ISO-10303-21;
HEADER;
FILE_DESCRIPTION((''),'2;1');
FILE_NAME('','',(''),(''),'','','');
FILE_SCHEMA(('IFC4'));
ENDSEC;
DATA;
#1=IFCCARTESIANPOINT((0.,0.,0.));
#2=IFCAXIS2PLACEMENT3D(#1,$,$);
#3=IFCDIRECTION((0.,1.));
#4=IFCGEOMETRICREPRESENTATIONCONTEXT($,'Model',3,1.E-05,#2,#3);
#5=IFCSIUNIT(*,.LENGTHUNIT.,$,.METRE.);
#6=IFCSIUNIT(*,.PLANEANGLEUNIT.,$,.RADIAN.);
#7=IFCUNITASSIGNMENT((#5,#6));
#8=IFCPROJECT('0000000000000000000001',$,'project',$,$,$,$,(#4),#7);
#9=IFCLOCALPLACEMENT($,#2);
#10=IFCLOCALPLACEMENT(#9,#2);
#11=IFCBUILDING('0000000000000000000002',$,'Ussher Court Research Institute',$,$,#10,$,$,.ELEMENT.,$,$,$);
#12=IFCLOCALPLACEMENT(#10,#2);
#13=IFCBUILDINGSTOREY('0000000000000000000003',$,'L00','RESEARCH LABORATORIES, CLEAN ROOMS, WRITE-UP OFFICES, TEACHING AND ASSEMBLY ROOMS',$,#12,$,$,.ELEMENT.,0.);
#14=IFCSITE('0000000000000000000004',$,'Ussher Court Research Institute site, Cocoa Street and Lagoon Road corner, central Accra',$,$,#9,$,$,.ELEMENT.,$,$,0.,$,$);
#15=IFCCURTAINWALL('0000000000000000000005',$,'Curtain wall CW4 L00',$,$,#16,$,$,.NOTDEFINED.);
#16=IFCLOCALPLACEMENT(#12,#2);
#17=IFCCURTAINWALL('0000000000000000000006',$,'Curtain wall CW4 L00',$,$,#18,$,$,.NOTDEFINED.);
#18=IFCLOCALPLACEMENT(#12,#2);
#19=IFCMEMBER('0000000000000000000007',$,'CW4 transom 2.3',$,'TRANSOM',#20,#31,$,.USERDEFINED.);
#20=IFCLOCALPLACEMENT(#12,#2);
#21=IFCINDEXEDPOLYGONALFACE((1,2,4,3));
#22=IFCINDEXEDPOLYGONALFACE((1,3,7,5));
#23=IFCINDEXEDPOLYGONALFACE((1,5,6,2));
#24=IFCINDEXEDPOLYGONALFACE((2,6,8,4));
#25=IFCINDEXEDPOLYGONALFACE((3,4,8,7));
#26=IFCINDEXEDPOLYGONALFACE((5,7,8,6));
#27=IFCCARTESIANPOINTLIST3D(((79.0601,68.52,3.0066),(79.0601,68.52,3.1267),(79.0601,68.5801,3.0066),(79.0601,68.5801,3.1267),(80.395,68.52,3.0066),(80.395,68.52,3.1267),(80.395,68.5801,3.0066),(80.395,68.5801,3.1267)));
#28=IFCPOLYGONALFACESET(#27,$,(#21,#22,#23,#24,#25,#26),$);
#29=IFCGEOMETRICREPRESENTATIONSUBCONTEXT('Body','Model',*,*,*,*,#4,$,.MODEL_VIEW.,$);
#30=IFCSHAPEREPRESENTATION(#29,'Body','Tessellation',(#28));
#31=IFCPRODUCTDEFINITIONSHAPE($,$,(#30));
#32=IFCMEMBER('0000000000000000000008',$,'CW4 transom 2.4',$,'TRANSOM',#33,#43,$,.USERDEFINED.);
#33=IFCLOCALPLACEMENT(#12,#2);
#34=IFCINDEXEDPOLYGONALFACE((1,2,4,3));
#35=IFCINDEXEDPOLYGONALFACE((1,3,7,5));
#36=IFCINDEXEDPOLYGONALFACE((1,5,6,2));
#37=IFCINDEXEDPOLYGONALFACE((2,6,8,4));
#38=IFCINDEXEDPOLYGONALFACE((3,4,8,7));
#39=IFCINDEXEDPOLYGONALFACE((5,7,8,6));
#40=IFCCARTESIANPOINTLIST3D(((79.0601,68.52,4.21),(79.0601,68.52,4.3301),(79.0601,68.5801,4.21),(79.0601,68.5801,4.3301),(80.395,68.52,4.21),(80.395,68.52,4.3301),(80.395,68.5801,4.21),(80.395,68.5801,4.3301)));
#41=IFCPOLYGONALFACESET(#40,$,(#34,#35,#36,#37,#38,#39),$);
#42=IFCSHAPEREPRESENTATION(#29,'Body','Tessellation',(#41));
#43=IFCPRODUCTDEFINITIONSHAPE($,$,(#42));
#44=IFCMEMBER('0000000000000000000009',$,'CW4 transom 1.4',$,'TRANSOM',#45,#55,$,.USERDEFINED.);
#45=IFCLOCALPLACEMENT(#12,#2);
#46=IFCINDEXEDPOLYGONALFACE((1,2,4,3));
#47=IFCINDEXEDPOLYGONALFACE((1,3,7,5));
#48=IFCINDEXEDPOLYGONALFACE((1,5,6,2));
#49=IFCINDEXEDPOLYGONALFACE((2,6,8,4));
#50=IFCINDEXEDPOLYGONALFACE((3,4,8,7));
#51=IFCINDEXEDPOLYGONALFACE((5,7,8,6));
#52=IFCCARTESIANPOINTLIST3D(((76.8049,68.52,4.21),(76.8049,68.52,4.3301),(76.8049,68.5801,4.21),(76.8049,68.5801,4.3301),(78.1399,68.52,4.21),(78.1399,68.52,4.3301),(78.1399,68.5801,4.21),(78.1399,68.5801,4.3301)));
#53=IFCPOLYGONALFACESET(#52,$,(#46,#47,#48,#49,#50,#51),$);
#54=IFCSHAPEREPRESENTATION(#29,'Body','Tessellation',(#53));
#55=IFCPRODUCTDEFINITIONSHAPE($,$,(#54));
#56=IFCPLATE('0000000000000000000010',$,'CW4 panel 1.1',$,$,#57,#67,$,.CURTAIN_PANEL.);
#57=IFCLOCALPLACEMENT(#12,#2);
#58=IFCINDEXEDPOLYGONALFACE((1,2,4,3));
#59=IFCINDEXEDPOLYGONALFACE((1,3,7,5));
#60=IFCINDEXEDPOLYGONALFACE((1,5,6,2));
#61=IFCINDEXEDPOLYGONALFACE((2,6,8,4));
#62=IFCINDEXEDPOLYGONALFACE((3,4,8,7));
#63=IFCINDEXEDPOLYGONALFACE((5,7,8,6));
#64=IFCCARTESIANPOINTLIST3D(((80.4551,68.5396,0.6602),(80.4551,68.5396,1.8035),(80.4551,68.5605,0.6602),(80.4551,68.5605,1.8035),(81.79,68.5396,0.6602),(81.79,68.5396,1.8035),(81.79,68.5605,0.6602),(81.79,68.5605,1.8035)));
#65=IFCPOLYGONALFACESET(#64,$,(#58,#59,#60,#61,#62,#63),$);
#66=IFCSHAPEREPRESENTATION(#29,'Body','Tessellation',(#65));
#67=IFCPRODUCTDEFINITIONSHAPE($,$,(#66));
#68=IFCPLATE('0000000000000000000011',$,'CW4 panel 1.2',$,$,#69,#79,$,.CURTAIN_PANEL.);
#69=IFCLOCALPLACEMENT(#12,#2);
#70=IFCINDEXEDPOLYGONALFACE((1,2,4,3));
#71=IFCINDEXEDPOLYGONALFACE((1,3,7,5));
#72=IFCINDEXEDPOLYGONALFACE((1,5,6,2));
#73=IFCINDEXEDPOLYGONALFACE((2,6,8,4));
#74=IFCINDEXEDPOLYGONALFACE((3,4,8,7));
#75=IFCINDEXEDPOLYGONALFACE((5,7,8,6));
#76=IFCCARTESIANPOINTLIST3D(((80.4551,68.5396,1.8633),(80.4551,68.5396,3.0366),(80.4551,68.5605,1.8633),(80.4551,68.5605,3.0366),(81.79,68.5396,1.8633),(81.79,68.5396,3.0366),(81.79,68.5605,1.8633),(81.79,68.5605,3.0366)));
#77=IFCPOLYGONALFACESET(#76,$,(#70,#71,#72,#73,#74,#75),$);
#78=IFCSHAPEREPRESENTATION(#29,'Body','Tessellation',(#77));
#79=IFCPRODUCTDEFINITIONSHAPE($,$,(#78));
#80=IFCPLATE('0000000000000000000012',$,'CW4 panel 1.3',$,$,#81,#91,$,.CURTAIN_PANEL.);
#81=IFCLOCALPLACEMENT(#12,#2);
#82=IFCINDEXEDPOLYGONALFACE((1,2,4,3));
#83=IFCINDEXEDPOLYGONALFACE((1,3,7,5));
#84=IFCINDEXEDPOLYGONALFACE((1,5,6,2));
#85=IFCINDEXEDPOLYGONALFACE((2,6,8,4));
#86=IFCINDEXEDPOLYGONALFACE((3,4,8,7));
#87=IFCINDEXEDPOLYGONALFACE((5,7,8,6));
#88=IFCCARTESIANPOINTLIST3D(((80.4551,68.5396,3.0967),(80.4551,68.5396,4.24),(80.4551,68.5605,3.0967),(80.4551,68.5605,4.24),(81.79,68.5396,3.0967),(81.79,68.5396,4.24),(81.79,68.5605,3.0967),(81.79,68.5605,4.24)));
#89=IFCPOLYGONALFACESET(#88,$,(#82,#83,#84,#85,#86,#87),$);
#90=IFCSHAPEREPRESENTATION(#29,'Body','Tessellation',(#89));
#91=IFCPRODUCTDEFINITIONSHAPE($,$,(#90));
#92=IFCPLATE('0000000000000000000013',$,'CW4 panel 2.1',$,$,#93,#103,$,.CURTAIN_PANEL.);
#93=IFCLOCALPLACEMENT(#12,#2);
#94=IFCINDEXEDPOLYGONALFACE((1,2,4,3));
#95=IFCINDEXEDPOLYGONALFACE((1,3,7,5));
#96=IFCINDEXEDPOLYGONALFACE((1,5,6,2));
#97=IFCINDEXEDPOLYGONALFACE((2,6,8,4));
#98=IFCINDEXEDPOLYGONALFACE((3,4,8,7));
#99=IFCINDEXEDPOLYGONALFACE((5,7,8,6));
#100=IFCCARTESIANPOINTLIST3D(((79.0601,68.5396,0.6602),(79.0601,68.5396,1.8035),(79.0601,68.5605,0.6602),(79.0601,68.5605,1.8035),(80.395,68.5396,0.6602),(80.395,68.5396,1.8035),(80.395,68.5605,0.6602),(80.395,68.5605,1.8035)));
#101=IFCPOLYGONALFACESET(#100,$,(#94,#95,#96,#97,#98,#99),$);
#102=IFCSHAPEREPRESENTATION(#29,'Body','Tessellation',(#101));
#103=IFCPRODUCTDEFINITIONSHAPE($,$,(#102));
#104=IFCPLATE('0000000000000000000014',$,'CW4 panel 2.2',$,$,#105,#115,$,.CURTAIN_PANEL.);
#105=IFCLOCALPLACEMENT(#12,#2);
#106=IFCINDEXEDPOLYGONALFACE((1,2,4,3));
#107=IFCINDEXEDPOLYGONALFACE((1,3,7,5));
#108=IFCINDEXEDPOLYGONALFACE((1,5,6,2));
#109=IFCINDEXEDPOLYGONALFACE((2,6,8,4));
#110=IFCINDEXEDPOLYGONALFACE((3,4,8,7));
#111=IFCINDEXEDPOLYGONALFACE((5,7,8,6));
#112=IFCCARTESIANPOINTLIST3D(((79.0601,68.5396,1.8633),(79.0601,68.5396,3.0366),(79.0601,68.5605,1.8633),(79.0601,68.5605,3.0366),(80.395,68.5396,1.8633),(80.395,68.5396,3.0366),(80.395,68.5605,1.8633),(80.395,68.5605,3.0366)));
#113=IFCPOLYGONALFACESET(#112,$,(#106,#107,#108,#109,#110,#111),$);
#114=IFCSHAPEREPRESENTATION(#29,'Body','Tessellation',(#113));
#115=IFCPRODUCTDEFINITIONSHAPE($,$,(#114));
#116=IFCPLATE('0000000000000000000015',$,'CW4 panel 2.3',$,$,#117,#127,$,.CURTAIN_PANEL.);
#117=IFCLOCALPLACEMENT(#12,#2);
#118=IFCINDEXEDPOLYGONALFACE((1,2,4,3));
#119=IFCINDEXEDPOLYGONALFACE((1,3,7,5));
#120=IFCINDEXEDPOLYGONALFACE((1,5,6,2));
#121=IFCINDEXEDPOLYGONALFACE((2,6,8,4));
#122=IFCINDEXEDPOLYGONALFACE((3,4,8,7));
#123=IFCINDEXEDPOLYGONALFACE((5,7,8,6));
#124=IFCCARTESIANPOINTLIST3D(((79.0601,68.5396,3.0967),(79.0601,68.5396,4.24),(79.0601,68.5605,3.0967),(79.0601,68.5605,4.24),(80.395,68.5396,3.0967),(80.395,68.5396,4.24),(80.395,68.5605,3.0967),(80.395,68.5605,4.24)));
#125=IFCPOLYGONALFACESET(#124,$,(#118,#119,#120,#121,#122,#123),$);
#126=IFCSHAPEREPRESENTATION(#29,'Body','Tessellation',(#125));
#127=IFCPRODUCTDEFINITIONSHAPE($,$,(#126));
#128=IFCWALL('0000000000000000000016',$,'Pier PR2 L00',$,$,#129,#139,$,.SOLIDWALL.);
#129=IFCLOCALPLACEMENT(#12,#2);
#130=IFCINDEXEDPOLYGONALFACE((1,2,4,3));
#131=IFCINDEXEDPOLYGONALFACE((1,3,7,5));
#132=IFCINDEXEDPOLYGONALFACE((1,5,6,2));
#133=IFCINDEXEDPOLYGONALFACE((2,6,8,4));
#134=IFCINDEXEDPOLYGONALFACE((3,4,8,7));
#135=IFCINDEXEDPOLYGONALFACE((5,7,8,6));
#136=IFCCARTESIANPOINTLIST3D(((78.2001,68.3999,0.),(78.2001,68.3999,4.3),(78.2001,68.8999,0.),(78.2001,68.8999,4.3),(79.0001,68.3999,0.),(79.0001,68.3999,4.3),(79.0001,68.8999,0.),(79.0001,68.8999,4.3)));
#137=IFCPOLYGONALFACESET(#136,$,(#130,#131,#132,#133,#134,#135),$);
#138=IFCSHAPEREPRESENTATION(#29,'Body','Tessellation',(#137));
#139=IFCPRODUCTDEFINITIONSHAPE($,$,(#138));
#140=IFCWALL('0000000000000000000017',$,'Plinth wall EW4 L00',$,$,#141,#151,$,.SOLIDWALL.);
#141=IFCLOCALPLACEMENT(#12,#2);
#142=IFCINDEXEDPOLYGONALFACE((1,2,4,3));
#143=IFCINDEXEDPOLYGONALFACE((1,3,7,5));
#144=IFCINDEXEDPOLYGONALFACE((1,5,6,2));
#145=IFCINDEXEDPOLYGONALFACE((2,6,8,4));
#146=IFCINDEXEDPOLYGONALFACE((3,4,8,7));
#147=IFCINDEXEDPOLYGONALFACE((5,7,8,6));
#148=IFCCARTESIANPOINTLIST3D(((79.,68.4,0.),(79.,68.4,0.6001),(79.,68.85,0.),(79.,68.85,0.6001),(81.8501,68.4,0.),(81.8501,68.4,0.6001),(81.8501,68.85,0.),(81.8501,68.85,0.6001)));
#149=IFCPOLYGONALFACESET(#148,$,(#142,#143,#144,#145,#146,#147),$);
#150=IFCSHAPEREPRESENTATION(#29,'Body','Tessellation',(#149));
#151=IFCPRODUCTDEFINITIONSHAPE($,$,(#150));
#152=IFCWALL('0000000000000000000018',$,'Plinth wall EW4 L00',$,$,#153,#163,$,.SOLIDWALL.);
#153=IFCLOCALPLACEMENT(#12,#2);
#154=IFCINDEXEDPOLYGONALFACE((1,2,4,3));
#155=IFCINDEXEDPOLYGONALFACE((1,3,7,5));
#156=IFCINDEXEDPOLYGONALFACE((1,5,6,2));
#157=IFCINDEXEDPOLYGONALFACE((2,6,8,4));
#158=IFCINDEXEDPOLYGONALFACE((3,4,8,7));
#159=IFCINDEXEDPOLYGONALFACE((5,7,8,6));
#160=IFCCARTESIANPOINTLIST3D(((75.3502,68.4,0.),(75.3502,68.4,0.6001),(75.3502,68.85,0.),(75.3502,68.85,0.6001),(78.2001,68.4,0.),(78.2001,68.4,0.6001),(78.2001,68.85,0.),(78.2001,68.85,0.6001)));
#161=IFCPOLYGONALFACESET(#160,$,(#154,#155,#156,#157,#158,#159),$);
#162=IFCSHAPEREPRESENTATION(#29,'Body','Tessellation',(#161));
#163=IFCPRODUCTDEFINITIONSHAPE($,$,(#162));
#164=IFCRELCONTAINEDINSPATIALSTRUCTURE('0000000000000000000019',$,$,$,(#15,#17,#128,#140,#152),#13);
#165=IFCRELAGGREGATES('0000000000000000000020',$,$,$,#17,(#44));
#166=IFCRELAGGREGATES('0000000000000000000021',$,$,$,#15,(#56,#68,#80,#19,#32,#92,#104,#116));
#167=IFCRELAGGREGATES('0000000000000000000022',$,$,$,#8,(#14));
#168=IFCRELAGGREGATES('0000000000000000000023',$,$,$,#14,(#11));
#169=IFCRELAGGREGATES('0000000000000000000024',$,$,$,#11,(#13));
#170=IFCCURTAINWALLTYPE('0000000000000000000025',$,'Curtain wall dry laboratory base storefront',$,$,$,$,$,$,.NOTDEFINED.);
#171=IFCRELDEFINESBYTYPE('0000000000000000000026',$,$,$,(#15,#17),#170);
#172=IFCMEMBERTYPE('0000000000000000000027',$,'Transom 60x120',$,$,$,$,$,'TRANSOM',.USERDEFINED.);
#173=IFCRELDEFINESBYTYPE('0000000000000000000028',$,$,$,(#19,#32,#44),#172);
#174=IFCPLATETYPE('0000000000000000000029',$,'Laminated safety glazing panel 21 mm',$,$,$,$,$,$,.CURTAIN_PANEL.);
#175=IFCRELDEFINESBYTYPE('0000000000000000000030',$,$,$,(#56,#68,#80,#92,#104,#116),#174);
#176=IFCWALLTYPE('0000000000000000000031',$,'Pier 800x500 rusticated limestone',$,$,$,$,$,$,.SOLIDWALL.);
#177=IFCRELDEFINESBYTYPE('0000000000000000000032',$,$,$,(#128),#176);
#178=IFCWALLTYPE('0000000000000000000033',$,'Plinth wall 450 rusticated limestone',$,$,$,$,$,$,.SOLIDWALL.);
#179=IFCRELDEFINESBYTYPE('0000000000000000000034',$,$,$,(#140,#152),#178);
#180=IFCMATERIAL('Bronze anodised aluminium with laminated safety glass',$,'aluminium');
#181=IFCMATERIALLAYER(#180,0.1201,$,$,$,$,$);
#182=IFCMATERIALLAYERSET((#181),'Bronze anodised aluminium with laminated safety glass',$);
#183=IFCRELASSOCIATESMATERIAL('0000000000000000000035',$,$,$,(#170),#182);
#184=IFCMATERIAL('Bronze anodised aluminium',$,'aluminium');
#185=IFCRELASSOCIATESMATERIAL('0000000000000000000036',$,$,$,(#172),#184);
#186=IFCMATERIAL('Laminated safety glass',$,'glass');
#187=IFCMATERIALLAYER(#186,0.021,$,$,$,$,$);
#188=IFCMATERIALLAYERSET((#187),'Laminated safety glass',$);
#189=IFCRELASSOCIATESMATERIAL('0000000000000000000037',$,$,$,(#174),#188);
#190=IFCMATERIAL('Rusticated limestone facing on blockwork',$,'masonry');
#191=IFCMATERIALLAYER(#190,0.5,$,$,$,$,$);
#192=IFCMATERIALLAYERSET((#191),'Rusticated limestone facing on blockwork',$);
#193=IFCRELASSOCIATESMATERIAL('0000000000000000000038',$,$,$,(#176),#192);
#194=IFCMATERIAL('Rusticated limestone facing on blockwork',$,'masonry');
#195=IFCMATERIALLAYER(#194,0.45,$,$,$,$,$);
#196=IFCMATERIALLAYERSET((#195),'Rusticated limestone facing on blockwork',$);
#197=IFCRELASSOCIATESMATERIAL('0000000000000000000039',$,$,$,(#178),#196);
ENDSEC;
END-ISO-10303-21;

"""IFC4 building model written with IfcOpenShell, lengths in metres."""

from ifc_helpers import new_model, si_unit, direction, frame, frame_2d, origin, origin_2d, place, context, subcontext, project, spatial, rectangle, extrude, material, layer, layer_set, material_profile, profile_set, type_object, element, aggregate, save


model = new_model("IFC4")

# Units and contexts
model_context = context("Model", 3, precision=1e-05, world=origin(), true_north=direction((0.0, 1.0)))
body_context = subcontext(model_context, "Body", "Model", "MODEL_VIEW")
ifc_project = project(units=[si_unit("LENGTHUNIT", "METRE"), si_unit("PLANEANGLEUNIT", "RADIAN")], contexts=[model_context])

# Site, building, storey
site_placement = place(None, origin())
site = spatial("IfcSite", under=ifc_project, at=site_placement, Name="Ussher Court Research Institute site, Cocoa Street and Lagoon Road corner, central Accra", CompositionType="ELEMENT", RefElevation=0.0)
building_placement = place(site_placement, origin())
building = spatial("IfcBuilding", under=site, at=building_placement, Name="Ussher Court Research Institute", CompositionType="ELEMENT")
storey_placement = place(building_placement, origin())
storey = spatial("IfcBuildingStorey", under=building, at=storey_placement, Name="L00", Description="RESEARCH LABORATORIES, CLEAN ROOMS, WRITE-UP OFFICES, TEACHING AND ASSEMBLY ROOMS", CompositionType="ELEMENT", Elevation=0.0)

# Curtain wall
ifc_material_1 = material(Name="Bronze anodised aluminium with laminated safety glass", Category="aluminium")
ifc_layer_1 = layer(ifc_material_1, 0.1201)
ifc_layer_set_1 = layer_set([ifc_layer_1], Name="Bronze anodised aluminium with laminated safety glass")
curtain_wall_type = type_object("IfcCurtainWallType", Name="Curtain wall dry laboratory base storefront", PredefinedType="NOTDEFINED", material=ifc_layer_set_1)
curtain_wall_1_placement = place(storey_placement, origin())
curtain_wall_1 = element("IfcCurtainWall", 1, at=curtain_wall_1_placement, inside=storey, type_object=curtain_wall_type, Name="Curtain wall CW4 L00", PredefinedType="NOTDEFINED")

# Curtain wall
curtain_wall_2_placement = place(storey_placement, origin())
curtain_wall_2 = element("IfcCurtainWall", 2, at=curtain_wall_2_placement, inside=storey, type_object=curtain_wall_type, Name="Curtain wall CW4 L00", PredefinedType="NOTDEFINED")

# Members
ifc_material_2 = material(Name="Bronze anodised aluminium", Category="aluminium")
ifc_material_profile_1 = material_profile(ifc_material_2, rectangle(XDim=0.0601, YDim=0.1201, at=origin_2d()), Name="Transom 60x120")
ifc_profile_set_1 = profile_set([ifc_material_profile_1], Name="Bronze anodised aluminium")
member_type_1 = type_object("IfcMemberType", Name="Transom 60x120", ElementType="TRANSOM", PredefinedType="USERDEFINED", material=ifc_profile_set_1)
member_1_placement = place(storey_placement, frame((80.395, 68.55, 3.0667), z_axis=(-1.0, 0.0, 0.0), x_axis=(0.0, -1.0, 0.0)))
member_1 = element("IfcMember", 3, at=member_1_placement, type_object=member_type_1, Name="CW4 transom 2.3", ObjectType="TRANSOM", PredefinedType="USERDEFINED", context=body_context, shape_type="SweptSolid", body=[
    extrude(rectangle(XDim=0.0601, YDim=0.1201, at=origin_2d()), origin(), (0.0, 0.0, 1.0), 1.335),
])
member_2_placement = place(storey_placement, frame((80.395, 68.55, 4.27), z_axis=(-1.0, 0.0, 0.0), x_axis=(0.0, -1.0, 0.0)))
member_2 = element("IfcMember", 4, at=member_2_placement, type_object=member_type_1, Name="CW4 transom 2.4", ObjectType="TRANSOM", PredefinedType="USERDEFINED", context=body_context, shape_type="SweptSolid", body=[
    extrude(rectangle(XDim=0.0601, YDim=0.1201, at=origin_2d()), origin(), (0.0, 0.0, 1.0), 1.335),
])
member_3_placement = place(storey_placement, frame((78.1399, 68.55, 4.27), z_axis=(-1.0, 0.0, 0.0), x_axis=(0.0, -1.0, 0.0)))
member_3 = element("IfcMember", 5, at=member_3_placement, type_object=member_type_1, Name="CW4 transom 1.4", ObjectType="TRANSOM", PredefinedType="USERDEFINED", context=body_context, shape_type="SweptSolid", body=[
    extrude(rectangle(XDim=0.0601, YDim=0.1201, at=origin_2d()), origin(), (0.0, 0.0, 1.0), 1.335),
])
aggregate(curtain_wall_2, [member_3])

# Plates
ifc_material_3 = material(Name="Laminated safety glass", Category="glass")
ifc_layer_2 = layer(ifc_material_3, 0.021)
ifc_layer_set_2 = layer_set([ifc_layer_2], Name="Laminated safety glass")
plate_type = type_object("IfcPlateType", Name="Laminated safety glazing panel 21 mm", PredefinedType="CURTAIN_PANEL", material=ifc_layer_set_2)
plate_1_placement = place(storey_placement, frame((81.1226, 68.55, 0.6602), z_axis=(0.0, 0.0, 1.0), x_axis=(-1.0, 0.0, 0.0)))
plate_1 = element("IfcPlate", 6, at=plate_1_placement, type_object=plate_type, Name="CW4 panel 1.1", PredefinedType="CURTAIN_PANEL", context=body_context, shape_type="SweptSolid", body=[
    extrude(rectangle(XDim=1.335, YDim=0.021, at=origin_2d()), origin(), (0.0, 0.0, 1.0), 1.1433),
])
plate_2_placement = place(storey_placement, frame((81.1226, 68.55, 1.8633), z_axis=(0.0, 0.0, 1.0), x_axis=(-1.0, 0.0, 0.0)))
plate_2 = element("IfcPlate", 7, at=plate_2_placement, type_object=plate_type, Name="CW4 panel 1.2", PredefinedType="CURTAIN_PANEL", context=body_context, shape_type="SweptSolid", body=[
    extrude(rectangle(XDim=1.335, YDim=0.021, at=origin_2d()), origin(), (0.0, 0.0, 1.0), 1.1733),
])
plate_3_placement = place(storey_placement, frame((81.1226, 68.55, 3.0967), z_axis=(0.0, 0.0, 1.0), x_axis=(-1.0, 0.0, 0.0)))
plate_3 = element("IfcPlate", 8, at=plate_3_placement, type_object=plate_type, Name="CW4 panel 1.3", PredefinedType="CURTAIN_PANEL", context=body_context, shape_type="SweptSolid", body=[
    extrude(rectangle(XDim=1.335, YDim=0.021, at=origin_2d()), origin(), (0.0, 0.0, 1.0), 1.1433),
])
plate_4_placement = place(storey_placement, frame((79.7275, 68.55, 0.6602), z_axis=(0.0, 0.0, 1.0), x_axis=(-1.0, 0.0, 0.0)))
plate_4 = element("IfcPlate", 9, at=plate_4_placement, type_object=plate_type, Name="CW4 panel 2.1", PredefinedType="CURTAIN_PANEL", context=body_context, shape_type="SweptSolid", body=[
    extrude(rectangle(XDim=1.335, YDim=0.021, at=origin_2d()), origin(), (0.0, 0.0, 1.0), 1.1433),
])
plate_5_placement = place(storey_placement, frame((79.7275, 68.55, 1.8633), z_axis=(0.0, 0.0, 1.0), x_axis=(-1.0, 0.0, 0.0)))
plate_5 = element("IfcPlate", 10, at=plate_5_placement, type_object=plate_type, Name="CW4 panel 2.2", PredefinedType="CURTAIN_PANEL", context=body_context, shape_type="SweptSolid", body=[
    extrude(rectangle(XDim=1.335, YDim=0.021, at=origin_2d()), origin(), (0.0, 0.0, 1.0), 1.1733),
])
plate_6_placement = place(storey_placement, frame((79.7275, 68.55, 3.0967), z_axis=(0.0, 0.0, 1.0), x_axis=(-1.0, 0.0, 0.0)))
plate_6 = element("IfcPlate", 11, at=plate_6_placement, type_object=plate_type, Name="CW4 panel 2.3", PredefinedType="CURTAIN_PANEL", context=body_context, shape_type="SweptSolid", body=[
    extrude(rectangle(XDim=1.335, YDim=0.021, at=origin_2d()), origin(), (0.0, 0.0, 1.0), 1.1433),
])
aggregate(curtain_wall_1, [plate_1, plate_2, plate_3, member_1, member_2, plate_4, plate_5, plate_6])

# Walls
ifc_material_4 = material(Name="Rusticated limestone facing on blockwork", Category="masonry")
ifc_layer_3 = layer(ifc_material_4, 0.5)
ifc_layer_set_3 = layer_set([ifc_layer_3], Name="Rusticated limestone facing on blockwork")
wall_type_1 = type_object("IfcWallType", Name="Pier 800x500 rusticated limestone", PredefinedType="SOLIDWALL", material=ifc_layer_set_3)
wall_1_placement = place(storey_placement, frame((79.0, 68.6499, 0.0), z_axis=(0.0, 0.0, 1.0), x_axis=(-1.0, 0.0, 0.0)))
element("IfcWall", 12, at=wall_1_placement, inside=storey, type_object=wall_type_1, Name="Pier PR2 L00", PredefinedType="SOLIDWALL", context=body_context, shape_type="SweptSolid", body=[
    extrude(rectangle(XDim=0.8, YDim=0.5, at=frame_2d((0.3999, 0.0))), origin(), (0.0, 0.0, 1.0), 4.3),
])
ifc_material_5 = material(Name="Rusticated limestone facing on blockwork", Category="masonry")
ifc_layer_4 = layer(ifc_material_5, 0.45)
ifc_layer_set_4 = layer_set([ifc_layer_4], Name="Rusticated limestone facing on blockwork")
wall_type_2 = type_object("IfcWallType", Name="Plinth wall 450 rusticated limestone", PredefinedType="SOLIDWALL", material=ifc_layer_set_4)
wall_2_placement = place(storey_placement, frame((81.8501, 68.625, 0.0), z_axis=(0.0, 0.0, 1.0), x_axis=(-1.0, 0.0, 0.0)))
element("IfcWall", 13, at=wall_2_placement, inside=storey, type_object=wall_type_2, Name="Plinth wall EW4 L00", PredefinedType="SOLIDWALL", context=body_context, shape_type="SweptSolid", body=[
    extrude(rectangle(XDim=2.8501, YDim=0.45, at=frame_2d((1.425, 0.0))), origin(), (0.0, 0.0, 1.0), 0.6001),
])
wall_3_placement = place(storey_placement, frame((78.2, 68.625, 0.0), z_axis=(0.0, 0.0, 1.0), x_axis=(-1.0, 0.0, 0.0)))
element("IfcWall", 14, at=wall_3_placement, inside=storey, type_object=wall_type_2, Name="Plinth wall EW4 L00", PredefinedType="SOLIDWALL", context=body_context, shape_type="SweptSolid", body=[
    extrude(rectangle(XDim=2.8499, YDim=0.45, at=frame_2d((1.4248, 0.0))), origin(), (0.0, 0.0, 1.0), 0.6001),
])

save(model, "model.ifc")
